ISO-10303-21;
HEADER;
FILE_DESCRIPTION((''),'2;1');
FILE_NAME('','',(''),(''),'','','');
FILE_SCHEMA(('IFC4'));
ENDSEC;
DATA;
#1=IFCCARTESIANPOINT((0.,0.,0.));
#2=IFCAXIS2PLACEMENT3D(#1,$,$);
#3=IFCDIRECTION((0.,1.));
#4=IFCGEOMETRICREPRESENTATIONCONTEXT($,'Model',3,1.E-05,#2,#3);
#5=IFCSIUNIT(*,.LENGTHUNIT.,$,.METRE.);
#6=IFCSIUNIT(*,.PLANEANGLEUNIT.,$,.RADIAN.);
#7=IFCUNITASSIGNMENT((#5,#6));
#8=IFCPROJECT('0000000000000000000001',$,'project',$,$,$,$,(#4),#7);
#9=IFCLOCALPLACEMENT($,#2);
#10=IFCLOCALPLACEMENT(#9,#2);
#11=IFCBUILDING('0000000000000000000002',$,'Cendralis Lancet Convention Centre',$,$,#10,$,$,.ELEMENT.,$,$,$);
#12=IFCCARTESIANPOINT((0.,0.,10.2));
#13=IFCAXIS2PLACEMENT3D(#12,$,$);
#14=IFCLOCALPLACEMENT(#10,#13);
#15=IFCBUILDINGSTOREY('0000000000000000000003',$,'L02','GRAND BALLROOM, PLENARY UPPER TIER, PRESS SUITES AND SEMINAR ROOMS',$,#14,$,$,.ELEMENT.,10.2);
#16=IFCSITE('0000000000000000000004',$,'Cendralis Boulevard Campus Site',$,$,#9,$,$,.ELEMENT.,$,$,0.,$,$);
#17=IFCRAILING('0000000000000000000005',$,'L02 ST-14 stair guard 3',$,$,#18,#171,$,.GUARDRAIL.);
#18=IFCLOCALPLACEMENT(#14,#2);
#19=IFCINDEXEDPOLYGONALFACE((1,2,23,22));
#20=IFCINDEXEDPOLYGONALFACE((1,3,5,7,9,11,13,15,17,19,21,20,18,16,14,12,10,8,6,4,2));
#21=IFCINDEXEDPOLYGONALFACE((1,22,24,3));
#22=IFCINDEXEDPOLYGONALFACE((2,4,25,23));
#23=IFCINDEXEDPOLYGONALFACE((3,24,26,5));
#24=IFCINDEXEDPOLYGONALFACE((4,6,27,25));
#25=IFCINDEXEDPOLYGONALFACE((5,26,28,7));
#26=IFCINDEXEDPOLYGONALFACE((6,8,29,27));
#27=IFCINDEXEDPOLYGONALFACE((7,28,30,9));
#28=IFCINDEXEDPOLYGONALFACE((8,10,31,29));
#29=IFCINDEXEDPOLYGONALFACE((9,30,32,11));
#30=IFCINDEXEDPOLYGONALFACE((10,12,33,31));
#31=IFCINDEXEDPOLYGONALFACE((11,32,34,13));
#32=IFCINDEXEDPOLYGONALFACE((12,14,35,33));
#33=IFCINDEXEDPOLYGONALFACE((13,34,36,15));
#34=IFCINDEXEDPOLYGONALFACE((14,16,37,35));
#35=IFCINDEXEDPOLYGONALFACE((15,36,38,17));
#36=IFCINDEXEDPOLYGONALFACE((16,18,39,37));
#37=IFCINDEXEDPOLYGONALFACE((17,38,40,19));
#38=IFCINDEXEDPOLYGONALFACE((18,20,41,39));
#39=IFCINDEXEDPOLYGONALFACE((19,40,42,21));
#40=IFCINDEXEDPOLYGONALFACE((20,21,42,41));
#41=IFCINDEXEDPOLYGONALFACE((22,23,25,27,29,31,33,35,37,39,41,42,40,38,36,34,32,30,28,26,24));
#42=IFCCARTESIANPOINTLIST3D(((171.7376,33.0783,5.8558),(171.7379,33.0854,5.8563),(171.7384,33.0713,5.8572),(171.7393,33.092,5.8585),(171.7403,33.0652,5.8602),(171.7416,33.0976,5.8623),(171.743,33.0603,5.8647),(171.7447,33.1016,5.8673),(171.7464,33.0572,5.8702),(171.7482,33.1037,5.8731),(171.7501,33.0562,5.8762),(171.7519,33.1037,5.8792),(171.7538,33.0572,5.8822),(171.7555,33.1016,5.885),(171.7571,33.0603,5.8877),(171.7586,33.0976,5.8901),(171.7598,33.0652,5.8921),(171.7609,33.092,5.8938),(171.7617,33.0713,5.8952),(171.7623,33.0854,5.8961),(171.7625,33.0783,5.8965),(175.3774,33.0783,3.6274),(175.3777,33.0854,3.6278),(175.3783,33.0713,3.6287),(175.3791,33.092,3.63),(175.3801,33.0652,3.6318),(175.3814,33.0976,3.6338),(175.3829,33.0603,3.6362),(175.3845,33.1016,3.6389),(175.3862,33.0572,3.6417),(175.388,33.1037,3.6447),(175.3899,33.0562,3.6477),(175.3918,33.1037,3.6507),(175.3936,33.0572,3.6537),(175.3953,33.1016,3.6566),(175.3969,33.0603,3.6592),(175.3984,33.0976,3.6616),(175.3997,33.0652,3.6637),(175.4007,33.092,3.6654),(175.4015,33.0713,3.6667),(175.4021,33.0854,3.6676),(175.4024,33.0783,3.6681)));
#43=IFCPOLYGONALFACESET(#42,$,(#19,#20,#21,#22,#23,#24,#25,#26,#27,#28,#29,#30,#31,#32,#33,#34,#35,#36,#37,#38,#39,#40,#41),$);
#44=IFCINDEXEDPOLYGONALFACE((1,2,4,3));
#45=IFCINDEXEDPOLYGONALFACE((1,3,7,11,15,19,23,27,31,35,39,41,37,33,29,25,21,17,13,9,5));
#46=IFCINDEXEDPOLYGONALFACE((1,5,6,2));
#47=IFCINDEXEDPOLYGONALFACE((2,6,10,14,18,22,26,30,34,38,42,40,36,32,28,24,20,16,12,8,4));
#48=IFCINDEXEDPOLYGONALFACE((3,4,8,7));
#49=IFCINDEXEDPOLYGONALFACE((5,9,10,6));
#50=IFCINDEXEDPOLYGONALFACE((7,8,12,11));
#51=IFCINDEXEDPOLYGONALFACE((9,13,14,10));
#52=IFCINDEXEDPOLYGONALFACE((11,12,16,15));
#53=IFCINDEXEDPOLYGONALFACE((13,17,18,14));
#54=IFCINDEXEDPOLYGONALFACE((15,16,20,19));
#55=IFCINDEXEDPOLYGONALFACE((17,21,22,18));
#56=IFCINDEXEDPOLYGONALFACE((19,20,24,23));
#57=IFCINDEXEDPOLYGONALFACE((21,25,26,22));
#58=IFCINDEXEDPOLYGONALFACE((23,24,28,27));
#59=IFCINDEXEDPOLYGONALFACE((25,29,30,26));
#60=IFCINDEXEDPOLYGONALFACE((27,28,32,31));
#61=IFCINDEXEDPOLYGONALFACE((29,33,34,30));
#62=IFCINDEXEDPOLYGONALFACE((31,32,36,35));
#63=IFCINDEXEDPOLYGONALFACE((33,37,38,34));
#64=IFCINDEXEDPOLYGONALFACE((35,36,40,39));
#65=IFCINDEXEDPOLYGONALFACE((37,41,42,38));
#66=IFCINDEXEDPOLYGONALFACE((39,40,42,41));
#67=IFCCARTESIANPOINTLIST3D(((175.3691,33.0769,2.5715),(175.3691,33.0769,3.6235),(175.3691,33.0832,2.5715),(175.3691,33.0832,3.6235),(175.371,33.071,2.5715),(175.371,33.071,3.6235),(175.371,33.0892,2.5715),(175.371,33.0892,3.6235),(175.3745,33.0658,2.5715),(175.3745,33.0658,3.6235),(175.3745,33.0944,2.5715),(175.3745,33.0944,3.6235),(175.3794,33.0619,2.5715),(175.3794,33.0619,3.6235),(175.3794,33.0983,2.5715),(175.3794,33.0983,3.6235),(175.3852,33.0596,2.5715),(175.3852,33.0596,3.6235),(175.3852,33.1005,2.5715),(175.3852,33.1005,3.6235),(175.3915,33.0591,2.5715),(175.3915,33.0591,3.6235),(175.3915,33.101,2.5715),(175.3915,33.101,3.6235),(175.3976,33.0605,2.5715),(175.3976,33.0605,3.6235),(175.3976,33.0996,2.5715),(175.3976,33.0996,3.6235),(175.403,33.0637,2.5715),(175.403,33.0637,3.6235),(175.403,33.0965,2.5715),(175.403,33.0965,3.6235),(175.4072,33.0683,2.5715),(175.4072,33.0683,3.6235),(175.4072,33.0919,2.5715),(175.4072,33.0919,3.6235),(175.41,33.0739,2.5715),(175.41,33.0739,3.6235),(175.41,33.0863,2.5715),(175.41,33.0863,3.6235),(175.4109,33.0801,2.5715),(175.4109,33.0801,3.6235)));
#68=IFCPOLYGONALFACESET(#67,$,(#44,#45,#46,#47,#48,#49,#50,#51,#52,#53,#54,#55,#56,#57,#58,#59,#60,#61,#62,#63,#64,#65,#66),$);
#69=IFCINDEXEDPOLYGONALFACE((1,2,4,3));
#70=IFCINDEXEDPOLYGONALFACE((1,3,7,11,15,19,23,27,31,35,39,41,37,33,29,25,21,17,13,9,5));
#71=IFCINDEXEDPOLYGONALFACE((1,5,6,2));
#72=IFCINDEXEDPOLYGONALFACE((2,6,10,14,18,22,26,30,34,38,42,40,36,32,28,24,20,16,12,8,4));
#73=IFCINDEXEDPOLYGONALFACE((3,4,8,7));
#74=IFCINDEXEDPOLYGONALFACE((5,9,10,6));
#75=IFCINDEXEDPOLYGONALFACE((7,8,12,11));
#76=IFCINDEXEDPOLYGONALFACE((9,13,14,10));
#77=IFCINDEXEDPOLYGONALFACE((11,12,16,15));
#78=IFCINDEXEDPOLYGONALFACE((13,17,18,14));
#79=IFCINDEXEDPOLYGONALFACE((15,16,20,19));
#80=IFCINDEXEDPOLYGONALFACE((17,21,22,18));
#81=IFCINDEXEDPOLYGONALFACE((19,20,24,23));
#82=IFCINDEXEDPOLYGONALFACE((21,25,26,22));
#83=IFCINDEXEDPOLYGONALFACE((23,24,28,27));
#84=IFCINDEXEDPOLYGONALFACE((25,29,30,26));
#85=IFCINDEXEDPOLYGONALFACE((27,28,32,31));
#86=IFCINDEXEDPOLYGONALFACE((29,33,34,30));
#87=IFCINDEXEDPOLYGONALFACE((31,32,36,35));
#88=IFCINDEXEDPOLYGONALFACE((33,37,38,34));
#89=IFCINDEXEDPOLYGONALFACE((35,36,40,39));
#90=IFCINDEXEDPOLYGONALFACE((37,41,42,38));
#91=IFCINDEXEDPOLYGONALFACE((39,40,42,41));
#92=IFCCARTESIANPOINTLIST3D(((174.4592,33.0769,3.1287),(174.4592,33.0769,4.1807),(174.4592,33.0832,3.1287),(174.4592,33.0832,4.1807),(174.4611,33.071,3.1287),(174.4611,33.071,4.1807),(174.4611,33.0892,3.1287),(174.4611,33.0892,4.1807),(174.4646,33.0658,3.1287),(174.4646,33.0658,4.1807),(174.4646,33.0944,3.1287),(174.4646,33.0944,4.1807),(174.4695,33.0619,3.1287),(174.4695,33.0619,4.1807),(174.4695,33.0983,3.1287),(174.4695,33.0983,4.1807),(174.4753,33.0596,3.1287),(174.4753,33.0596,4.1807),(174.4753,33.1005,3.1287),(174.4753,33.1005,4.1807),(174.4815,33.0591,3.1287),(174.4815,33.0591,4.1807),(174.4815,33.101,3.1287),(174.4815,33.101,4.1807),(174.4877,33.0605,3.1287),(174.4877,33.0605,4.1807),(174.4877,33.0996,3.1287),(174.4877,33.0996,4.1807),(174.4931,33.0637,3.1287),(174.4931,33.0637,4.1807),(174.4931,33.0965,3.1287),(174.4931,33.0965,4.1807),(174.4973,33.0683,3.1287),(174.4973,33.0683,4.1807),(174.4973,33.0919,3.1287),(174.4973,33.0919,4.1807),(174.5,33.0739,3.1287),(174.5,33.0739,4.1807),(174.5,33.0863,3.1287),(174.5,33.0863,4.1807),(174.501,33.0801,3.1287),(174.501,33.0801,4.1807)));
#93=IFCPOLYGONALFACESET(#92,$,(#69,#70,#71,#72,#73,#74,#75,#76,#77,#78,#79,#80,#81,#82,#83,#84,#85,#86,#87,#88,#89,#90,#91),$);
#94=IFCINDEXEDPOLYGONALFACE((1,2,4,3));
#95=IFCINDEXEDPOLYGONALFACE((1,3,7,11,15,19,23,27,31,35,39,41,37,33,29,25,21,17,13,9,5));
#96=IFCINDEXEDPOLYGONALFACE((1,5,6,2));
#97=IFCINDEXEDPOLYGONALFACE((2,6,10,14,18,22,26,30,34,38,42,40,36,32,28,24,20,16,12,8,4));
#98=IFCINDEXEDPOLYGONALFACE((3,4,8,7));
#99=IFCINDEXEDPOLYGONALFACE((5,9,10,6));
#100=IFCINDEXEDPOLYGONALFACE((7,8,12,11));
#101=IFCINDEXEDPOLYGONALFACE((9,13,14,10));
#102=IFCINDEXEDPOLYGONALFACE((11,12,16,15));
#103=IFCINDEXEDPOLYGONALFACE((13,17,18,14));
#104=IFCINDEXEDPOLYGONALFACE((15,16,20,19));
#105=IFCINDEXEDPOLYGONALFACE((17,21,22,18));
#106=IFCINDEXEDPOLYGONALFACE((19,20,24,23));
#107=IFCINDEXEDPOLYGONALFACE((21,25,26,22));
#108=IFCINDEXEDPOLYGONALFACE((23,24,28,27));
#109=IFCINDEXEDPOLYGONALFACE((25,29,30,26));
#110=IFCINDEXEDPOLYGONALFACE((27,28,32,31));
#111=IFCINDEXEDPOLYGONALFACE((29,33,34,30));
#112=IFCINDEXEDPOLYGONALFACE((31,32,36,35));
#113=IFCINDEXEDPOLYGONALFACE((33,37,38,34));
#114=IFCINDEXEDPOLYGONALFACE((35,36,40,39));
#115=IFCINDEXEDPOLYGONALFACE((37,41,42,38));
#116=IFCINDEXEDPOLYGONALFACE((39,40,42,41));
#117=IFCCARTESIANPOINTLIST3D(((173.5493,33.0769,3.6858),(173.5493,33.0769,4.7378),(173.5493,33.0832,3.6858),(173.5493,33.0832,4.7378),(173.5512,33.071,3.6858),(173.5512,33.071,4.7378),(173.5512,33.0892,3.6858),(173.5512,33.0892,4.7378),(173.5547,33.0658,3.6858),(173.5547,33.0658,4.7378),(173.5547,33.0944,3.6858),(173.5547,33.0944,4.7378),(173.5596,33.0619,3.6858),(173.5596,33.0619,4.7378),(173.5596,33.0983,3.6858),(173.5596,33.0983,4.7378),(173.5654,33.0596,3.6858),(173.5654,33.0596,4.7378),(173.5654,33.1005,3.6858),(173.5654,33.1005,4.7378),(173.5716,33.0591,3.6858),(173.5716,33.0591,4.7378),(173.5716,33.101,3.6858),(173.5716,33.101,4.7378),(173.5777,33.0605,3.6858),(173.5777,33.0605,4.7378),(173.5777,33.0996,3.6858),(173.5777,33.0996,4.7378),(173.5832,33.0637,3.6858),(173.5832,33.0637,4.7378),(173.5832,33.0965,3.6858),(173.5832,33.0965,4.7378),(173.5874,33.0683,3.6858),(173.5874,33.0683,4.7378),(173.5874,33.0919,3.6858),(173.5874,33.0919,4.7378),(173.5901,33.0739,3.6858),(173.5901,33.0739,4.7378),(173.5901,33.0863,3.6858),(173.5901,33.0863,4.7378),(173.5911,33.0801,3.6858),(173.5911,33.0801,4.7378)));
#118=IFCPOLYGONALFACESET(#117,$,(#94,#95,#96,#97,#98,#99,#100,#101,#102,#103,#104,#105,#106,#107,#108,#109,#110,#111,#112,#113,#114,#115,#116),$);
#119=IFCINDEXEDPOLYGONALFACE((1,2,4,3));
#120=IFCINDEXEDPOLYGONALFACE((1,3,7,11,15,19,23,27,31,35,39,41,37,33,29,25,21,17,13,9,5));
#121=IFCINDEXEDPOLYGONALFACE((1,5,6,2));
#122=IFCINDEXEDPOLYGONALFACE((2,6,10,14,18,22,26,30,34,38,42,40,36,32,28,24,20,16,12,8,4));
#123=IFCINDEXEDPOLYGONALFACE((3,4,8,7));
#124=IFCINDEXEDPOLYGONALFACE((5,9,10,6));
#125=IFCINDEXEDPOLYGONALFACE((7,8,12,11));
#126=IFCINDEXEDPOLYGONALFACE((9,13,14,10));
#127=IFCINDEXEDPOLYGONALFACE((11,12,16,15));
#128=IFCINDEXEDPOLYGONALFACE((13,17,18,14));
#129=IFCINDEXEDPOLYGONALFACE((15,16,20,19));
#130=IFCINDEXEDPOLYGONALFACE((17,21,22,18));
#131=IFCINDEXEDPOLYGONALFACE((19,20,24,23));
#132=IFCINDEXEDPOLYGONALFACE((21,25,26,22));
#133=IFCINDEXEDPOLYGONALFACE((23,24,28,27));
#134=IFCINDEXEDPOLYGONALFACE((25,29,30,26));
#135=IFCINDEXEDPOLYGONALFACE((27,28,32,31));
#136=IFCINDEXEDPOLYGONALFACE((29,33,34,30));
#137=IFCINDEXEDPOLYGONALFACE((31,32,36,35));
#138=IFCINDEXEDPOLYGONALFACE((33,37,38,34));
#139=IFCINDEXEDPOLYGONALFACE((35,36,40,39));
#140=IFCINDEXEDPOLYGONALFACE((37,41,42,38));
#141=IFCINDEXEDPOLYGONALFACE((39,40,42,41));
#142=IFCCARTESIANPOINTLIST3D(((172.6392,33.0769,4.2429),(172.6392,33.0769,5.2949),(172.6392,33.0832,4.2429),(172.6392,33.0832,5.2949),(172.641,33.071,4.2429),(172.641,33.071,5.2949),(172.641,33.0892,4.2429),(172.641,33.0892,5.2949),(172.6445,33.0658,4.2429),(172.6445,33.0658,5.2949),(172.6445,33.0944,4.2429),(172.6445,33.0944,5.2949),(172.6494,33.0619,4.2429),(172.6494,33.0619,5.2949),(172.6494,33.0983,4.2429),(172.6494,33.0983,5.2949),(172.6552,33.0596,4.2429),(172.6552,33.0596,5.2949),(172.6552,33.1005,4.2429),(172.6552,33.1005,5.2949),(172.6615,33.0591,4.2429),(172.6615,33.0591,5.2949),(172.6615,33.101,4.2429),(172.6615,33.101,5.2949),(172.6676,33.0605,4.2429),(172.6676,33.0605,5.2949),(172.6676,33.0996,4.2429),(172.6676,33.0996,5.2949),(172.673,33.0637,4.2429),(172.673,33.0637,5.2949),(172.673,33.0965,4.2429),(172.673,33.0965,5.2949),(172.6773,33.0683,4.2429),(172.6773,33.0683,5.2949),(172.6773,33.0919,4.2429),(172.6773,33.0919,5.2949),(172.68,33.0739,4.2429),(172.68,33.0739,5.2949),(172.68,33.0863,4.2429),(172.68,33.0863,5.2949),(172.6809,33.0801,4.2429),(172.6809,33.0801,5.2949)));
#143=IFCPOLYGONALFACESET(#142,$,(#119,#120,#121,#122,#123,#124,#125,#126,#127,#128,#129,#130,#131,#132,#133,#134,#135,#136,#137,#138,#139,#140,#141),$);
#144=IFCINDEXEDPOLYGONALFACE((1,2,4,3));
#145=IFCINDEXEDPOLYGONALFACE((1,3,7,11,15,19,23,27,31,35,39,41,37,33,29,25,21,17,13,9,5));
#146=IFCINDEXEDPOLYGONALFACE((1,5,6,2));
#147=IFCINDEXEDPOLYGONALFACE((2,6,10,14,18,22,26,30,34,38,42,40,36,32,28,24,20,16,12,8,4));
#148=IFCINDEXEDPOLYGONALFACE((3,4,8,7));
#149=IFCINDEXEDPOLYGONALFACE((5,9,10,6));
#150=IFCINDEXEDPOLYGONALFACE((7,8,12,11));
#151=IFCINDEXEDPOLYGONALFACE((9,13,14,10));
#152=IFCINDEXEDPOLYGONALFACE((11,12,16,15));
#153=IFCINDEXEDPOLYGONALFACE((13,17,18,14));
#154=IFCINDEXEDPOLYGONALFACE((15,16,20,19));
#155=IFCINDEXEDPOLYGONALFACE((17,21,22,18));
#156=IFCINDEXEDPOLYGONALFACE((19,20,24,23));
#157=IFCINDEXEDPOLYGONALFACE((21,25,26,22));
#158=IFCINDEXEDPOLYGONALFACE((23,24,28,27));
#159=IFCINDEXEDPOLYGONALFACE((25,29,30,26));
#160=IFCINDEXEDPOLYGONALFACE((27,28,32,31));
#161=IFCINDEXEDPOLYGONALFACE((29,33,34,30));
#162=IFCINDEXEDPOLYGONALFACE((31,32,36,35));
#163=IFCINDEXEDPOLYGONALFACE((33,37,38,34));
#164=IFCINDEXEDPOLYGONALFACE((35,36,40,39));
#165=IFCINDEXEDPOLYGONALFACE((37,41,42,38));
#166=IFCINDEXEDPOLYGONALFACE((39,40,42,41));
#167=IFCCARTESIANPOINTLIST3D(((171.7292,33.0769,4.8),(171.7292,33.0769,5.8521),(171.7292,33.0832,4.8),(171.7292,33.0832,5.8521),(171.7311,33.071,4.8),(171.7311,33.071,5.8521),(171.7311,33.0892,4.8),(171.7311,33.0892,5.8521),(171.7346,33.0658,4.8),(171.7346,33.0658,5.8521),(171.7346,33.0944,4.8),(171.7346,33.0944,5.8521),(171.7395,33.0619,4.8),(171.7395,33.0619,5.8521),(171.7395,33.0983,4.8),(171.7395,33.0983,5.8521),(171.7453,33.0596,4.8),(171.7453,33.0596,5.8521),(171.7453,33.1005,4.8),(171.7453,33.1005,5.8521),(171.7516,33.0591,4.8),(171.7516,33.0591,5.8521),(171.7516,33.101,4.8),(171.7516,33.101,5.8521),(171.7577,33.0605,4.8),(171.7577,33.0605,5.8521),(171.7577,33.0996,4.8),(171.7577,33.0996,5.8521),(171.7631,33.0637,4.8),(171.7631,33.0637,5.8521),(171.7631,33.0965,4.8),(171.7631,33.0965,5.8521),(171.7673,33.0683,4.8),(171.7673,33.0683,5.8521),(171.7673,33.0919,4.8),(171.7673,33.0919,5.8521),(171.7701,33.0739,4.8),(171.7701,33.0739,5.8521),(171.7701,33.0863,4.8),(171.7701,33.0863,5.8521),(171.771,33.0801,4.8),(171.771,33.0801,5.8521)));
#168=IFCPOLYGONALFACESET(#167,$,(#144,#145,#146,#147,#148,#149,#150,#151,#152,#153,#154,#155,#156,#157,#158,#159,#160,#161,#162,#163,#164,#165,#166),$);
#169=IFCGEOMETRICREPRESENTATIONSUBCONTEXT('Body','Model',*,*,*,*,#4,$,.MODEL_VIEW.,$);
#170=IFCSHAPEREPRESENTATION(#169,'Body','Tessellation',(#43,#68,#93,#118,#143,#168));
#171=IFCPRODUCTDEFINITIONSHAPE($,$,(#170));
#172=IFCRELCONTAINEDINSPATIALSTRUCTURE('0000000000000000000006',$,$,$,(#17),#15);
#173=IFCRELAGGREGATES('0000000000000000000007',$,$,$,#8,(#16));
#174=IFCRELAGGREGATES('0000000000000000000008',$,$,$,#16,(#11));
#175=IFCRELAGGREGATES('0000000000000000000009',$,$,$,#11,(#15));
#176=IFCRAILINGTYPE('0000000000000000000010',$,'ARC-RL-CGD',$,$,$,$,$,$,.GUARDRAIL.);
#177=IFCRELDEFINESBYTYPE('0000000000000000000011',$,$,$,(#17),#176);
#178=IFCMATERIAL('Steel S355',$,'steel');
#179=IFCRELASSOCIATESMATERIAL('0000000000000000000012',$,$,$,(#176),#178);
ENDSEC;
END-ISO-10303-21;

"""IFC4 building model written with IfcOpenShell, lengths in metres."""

from ifc_helpers import new_model, si_unit, direction, frame, origin, origin_2d, place, context, subcontext, project, spatial, circle, extrude, material, type_object, element, save


model = new_model("IFC4")

# Units and contexts
model_context = context("Model", 3, precision=1e-05, world=origin(), true_north=direction((0.0, 1.0)))
body_context = subcontext(model_context, "Body", "Model", "MODEL_VIEW")
ifc_project = project(units=[si_unit("LENGTHUNIT", "METRE"), si_unit("PLANEANGLEUNIT", "RADIAN")], contexts=[model_context])

# Site, building, storey
site_placement = place(None, origin())
site = spatial("IfcSite", under=ifc_project, at=site_placement, Name="Cendralis Boulevard Campus Site", CompositionType="ELEMENT", RefElevation=0.0)
building_placement = place(site_placement, origin())
building = spatial("IfcBuilding", under=site, at=building_placement, Name="Cendralis Lancet Convention Centre", CompositionType="ELEMENT")
storey_placement = place(building_placement, frame((0.0, 0.0, 10.2)))
storey = spatial("IfcBuildingStorey", under=building, at=storey_placement, Name="L02", Description="GRAND BALLROOM, PLENARY UPPER TIER, PRESS SUITES AND SEMINAR ROOMS", CompositionType="ELEMENT", Elevation=10.2)

# Shared definitions
ifc_material_1 = material(Name="Steel S355", Category="steel")

# Railing
railing_type_1 = type_object("IfcRailingType", Name="ARC-RL-CGD", PredefinedType="GUARDRAIL", material=ifc_material_1)
railing_1_placement = place(storey_placement, frame((175.3899, 33.0801, 2.5715)))
element("IfcRailing", 1, at=railing_1_placement, inside=storey, type_object=railing_type_1, Name="L02 ST-14 stair guard 3", PredefinedType="GUARDRAIL", context=body_context, shape_type="SweptSolid", body=[
    extrude(circle(Radius=0.0239, at=origin_2d()), frame((0.0, 0.0, 1.0762), z_axis=(-0.85285, 0.0, 0.522156), x_axis=(0.0, -1.0, 0.0)), (0.0, 0.0, 1.0), 4.2678),
    extrude(circle(Radius=0.021, at=origin_2d()), origin(), (0.0, 0.0, 1.0), 1.052),
    extrude(circle(Radius=0.021, at=origin_2d()), frame((-0.9099, 0.0, 0.5571)), (0.0, 0.0, 1.0), 1.052),
    extrude(circle(Radius=0.021, at=origin_2d()), frame((-1.8198, 0.0, 1.1143)), (0.0, 0.0, 1.0), 1.052),
    extrude(circle(Radius=0.021, at=origin_2d()), frame((-2.73, 0.0, 1.6714)), (0.0, 0.0, 1.0), 1.052),
    extrude(circle(Radius=0.021, at=origin_2d()), frame((-3.6399, 0.0, 2.2285)), (0.0, 0.0, 1.0), 1.052),
])

save(model, "model.ifc")
